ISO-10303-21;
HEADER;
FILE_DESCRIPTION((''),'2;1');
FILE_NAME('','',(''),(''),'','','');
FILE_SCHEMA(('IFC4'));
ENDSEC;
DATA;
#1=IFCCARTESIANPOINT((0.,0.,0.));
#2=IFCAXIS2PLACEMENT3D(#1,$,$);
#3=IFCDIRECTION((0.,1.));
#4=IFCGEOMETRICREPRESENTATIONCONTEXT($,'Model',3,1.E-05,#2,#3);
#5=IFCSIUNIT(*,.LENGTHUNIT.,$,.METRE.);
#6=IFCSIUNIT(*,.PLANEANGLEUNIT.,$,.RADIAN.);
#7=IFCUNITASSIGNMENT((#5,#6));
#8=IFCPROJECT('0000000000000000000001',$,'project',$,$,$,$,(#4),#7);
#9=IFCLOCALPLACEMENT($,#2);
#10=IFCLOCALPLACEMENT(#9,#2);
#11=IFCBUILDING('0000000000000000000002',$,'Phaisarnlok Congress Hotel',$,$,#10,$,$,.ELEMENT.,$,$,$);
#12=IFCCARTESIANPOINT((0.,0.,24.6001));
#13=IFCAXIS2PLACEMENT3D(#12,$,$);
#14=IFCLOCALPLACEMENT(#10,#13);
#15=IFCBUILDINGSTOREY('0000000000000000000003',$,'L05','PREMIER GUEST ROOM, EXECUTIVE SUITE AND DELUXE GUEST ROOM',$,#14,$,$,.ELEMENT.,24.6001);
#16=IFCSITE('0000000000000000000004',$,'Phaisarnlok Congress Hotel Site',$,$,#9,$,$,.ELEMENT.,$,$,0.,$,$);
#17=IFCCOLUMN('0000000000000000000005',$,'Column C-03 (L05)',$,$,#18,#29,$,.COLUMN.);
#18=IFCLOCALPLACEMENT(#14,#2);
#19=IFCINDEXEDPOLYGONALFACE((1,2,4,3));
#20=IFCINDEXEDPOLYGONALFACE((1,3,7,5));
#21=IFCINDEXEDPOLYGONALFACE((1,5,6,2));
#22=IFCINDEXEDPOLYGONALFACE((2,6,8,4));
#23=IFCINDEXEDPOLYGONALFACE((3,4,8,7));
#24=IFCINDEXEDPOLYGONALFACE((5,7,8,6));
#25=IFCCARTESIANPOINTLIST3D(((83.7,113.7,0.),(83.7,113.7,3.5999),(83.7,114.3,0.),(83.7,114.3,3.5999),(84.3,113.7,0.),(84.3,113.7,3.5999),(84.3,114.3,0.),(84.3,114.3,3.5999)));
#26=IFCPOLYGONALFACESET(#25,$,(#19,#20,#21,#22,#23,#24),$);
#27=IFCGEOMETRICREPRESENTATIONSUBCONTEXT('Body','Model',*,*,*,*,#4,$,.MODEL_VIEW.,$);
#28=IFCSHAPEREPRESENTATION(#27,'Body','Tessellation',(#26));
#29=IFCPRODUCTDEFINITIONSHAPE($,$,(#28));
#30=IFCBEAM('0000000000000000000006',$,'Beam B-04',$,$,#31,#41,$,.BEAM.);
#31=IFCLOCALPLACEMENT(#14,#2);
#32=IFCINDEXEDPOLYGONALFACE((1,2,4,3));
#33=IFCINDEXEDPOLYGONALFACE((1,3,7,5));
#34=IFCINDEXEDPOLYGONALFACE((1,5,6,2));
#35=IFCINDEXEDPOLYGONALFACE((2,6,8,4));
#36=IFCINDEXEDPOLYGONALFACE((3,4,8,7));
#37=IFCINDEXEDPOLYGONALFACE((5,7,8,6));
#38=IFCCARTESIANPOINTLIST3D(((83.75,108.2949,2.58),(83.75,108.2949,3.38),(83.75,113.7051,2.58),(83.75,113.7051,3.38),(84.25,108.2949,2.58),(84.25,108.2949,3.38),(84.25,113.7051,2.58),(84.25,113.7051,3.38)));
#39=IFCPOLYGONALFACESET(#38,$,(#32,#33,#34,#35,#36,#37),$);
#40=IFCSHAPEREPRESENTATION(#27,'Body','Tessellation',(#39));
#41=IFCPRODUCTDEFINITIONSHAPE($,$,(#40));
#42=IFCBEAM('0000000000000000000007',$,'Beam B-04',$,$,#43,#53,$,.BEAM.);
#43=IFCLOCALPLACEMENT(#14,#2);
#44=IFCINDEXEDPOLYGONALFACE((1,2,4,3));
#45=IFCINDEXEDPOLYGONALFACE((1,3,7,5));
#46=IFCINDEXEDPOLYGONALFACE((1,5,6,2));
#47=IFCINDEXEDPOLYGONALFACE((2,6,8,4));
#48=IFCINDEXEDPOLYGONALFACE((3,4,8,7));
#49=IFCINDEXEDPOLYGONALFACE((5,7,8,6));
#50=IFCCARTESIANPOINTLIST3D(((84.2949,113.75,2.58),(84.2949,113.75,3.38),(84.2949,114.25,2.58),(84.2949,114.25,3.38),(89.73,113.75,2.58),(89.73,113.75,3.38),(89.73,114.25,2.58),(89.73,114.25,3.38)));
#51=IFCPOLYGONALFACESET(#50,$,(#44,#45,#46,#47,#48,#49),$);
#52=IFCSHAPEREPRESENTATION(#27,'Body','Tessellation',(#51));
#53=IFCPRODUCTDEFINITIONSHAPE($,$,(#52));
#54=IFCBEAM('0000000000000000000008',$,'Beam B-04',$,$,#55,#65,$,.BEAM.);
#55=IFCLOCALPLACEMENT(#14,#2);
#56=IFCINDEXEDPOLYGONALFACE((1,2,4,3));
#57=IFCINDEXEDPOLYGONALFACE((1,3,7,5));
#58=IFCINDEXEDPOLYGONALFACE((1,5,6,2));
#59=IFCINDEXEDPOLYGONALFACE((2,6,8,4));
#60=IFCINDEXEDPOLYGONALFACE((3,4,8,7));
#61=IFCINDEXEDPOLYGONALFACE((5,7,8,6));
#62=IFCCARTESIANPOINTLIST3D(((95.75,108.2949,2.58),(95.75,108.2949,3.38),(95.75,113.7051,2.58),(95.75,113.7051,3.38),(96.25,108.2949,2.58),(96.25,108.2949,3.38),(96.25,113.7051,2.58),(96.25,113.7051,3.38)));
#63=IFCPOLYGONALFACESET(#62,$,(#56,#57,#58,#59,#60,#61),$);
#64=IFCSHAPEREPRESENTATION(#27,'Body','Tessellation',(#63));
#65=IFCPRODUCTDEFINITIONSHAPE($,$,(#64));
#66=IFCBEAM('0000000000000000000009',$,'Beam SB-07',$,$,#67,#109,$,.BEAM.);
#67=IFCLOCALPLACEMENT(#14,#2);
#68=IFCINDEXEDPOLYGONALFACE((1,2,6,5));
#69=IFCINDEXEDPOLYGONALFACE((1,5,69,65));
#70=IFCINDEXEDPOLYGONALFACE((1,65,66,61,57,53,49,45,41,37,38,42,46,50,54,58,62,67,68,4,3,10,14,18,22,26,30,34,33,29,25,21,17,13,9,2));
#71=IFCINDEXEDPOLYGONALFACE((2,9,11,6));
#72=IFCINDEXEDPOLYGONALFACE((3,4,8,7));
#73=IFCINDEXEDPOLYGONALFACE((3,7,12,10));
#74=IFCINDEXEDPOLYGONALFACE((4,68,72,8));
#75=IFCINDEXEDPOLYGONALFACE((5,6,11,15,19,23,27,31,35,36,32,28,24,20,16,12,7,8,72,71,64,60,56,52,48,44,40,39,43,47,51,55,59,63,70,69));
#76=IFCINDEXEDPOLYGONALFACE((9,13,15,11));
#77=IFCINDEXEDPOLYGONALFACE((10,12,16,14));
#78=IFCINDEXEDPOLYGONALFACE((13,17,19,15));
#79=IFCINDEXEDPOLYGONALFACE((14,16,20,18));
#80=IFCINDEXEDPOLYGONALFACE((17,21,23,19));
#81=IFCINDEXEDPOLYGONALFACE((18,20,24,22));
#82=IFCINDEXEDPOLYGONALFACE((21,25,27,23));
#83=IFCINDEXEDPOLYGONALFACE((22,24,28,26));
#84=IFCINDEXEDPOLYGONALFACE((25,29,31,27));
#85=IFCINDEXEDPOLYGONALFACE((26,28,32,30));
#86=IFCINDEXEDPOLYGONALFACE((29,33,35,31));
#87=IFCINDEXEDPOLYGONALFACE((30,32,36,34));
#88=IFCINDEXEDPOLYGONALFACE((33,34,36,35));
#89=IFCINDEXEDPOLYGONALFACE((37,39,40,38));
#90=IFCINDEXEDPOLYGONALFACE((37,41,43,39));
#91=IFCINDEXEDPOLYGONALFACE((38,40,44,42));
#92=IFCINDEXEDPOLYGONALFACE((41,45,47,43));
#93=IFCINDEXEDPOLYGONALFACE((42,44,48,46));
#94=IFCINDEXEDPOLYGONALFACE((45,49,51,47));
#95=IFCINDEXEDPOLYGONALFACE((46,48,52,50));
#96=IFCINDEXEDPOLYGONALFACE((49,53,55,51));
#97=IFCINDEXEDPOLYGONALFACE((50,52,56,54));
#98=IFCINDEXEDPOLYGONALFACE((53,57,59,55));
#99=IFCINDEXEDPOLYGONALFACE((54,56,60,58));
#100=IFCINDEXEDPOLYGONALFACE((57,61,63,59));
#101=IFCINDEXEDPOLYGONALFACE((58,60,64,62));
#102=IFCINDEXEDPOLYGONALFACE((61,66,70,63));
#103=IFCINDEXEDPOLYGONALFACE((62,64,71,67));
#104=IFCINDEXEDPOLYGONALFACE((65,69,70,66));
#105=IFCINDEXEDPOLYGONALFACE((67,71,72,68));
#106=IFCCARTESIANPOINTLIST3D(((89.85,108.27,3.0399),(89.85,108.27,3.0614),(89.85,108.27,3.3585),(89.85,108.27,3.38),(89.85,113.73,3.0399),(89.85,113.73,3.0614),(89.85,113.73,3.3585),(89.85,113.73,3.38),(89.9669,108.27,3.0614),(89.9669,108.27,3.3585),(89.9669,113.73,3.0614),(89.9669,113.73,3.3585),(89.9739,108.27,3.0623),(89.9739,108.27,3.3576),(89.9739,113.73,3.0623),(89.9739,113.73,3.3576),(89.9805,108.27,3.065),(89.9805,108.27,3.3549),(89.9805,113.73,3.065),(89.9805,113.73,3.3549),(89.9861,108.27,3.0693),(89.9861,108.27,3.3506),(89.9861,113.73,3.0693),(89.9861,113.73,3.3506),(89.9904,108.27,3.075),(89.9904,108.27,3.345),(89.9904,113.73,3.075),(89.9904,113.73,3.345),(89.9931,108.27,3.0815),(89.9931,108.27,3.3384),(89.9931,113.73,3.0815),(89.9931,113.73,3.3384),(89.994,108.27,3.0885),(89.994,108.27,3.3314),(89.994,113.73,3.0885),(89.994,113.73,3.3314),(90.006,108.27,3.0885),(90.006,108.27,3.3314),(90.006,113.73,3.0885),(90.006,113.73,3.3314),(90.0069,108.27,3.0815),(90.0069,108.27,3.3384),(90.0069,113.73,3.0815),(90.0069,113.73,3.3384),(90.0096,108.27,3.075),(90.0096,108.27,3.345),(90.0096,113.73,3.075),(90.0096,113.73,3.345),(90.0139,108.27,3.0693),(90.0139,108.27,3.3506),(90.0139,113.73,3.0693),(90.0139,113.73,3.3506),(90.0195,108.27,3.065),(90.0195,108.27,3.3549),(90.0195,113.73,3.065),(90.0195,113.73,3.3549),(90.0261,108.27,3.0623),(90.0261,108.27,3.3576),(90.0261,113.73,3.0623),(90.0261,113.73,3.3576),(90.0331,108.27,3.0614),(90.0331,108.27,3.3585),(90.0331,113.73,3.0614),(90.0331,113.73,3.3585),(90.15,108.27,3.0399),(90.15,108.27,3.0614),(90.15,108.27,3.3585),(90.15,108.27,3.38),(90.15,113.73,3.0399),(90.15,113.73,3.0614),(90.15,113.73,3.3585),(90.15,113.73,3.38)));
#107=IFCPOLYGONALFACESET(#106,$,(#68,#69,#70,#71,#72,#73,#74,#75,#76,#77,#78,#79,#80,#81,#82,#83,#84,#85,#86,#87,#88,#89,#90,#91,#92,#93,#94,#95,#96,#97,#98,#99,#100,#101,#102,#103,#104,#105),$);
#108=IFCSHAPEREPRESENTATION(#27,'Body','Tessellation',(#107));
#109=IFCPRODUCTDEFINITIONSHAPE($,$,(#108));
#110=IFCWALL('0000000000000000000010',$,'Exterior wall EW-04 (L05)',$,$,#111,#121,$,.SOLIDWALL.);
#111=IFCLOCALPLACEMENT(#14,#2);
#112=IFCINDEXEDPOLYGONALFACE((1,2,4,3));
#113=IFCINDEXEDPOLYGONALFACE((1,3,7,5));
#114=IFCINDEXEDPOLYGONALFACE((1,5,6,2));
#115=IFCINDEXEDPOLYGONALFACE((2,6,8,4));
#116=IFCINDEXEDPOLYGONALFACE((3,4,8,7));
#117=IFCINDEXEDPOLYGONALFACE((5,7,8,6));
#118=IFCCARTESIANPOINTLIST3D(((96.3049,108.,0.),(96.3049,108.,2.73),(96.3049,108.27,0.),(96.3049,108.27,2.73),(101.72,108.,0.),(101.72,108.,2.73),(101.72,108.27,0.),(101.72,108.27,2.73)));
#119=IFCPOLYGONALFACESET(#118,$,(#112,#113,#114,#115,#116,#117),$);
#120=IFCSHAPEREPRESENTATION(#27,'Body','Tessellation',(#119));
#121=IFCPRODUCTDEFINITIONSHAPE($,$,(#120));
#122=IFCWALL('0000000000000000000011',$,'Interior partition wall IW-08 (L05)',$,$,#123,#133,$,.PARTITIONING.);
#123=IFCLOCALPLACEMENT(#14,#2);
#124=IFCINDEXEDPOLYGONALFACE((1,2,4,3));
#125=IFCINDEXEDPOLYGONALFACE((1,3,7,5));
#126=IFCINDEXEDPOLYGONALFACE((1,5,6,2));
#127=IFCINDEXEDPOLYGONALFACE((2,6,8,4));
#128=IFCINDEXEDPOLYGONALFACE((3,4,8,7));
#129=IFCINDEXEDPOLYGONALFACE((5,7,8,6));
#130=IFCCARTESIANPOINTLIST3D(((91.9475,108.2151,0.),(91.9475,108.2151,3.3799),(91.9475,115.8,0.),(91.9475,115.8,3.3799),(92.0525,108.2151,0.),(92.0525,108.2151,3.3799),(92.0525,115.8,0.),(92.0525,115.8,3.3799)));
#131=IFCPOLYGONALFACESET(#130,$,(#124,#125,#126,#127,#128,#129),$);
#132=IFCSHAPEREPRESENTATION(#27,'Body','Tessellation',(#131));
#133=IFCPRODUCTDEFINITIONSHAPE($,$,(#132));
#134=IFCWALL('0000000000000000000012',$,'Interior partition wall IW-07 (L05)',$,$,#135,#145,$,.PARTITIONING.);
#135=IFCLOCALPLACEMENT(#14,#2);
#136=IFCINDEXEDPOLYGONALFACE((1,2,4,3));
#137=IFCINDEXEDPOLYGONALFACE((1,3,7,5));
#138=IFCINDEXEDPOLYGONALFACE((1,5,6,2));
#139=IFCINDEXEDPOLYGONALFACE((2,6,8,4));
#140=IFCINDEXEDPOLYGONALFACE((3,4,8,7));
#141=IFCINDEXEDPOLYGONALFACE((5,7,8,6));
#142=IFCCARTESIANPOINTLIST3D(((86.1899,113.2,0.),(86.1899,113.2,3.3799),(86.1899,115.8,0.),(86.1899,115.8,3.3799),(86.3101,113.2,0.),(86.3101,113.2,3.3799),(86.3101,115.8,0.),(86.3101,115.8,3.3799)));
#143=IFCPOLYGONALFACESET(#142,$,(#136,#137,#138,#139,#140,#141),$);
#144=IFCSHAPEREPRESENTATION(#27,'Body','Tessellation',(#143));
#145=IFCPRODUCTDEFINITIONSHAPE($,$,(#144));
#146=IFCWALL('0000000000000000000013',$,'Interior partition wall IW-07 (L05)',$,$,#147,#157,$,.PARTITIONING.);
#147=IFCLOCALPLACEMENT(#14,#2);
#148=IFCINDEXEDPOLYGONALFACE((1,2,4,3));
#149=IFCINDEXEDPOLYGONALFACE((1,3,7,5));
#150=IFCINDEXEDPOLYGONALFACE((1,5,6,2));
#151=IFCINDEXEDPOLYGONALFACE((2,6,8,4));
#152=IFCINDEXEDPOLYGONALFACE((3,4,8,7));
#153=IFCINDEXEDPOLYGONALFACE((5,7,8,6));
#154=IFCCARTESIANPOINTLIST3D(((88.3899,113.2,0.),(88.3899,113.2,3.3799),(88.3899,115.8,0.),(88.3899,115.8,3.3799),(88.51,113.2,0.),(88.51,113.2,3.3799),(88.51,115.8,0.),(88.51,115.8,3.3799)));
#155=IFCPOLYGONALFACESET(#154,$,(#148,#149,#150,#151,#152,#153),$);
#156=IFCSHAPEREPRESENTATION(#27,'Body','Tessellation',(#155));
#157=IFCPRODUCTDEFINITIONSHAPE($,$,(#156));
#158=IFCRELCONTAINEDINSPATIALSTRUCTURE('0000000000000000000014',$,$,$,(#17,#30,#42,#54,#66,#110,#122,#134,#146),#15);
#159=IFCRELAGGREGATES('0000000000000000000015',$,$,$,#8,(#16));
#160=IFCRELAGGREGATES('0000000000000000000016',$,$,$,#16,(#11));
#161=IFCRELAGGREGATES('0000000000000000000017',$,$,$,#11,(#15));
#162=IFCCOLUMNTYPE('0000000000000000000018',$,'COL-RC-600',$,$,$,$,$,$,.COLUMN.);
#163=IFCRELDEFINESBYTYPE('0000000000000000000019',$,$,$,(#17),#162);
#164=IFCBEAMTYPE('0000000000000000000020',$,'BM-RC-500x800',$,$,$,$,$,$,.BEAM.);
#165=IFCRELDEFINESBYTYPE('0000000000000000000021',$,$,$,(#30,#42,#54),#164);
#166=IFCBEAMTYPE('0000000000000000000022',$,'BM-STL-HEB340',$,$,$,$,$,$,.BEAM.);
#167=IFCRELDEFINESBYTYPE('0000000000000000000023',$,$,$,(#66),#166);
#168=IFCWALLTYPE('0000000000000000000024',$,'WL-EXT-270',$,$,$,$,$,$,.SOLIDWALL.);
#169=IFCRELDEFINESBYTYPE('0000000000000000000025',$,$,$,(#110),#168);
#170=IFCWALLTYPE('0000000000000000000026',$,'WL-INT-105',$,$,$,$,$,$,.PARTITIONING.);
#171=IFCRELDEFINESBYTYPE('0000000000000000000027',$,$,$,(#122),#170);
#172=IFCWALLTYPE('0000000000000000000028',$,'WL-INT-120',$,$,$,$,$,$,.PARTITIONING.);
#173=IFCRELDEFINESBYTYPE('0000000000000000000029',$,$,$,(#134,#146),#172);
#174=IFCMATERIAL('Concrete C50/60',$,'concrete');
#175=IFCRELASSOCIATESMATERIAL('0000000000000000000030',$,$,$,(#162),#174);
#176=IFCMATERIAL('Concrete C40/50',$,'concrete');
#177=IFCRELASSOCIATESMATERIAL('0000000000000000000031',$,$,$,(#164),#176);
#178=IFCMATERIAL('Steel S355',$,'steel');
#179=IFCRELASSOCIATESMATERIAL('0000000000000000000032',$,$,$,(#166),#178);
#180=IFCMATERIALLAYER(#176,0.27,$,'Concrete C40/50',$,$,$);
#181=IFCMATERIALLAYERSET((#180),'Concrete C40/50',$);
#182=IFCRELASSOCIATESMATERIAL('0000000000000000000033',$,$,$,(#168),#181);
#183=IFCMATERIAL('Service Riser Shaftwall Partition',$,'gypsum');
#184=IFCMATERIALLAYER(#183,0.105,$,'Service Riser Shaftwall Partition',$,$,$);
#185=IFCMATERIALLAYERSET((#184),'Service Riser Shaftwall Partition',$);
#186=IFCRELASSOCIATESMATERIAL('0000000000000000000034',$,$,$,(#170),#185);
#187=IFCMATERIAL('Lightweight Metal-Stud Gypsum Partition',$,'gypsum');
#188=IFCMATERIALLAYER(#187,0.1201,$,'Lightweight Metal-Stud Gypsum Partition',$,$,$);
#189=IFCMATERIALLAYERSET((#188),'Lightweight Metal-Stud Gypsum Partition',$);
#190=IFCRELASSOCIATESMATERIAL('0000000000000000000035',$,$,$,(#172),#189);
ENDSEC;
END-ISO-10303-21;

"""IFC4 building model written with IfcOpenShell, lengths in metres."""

from ifc_helpers import new_model, si_unit, direction, frame, frame_2d, origin, origin_2d, place, context, subcontext, project, spatial, rectangle, i_section, extrude, material, layer, layer_set, material_profile, profile_set, type_object, element, save


model = new_model("IFC4")

# Units and contexts
model_context = context("Model", 3, precision=1e-05, world=origin(), true_north=direction((0.0, 1.0)))
body_context = subcontext(model_context, "Body", "Model", "MODEL_VIEW")
ifc_project = project(units=[si_unit("LENGTHUNIT", "METRE"), si_unit("PLANEANGLEUNIT", "RADIAN")], contexts=[model_context])

# Site, building, storey
site_placement = place(None, origin())
site = spatial("IfcSite", under=ifc_project, at=site_placement, Name="Phaisarnlok Congress Hotel Site", CompositionType="ELEMENT", RefElevation=0.0)
building_placement = place(site_placement, origin())
building = spatial("IfcBuilding", under=site, at=building_placement, Name="Phaisarnlok Congress Hotel", CompositionType="ELEMENT")
storey_placement = place(building_placement, frame((0.0, 0.0, 24.6001)))
storey = spatial("IfcBuildingStorey", under=building, at=storey_placement, Name="L05", Description="PREMIER GUEST ROOM, EXECUTIVE SUITE AND DELUXE GUEST ROOM", CompositionType="ELEMENT", Elevation=24.6001)

# Column
ifc_material_1 = material(Name="Concrete C50/60", Category="concrete")
ifc_material_profile_1 = material_profile(ifc_material_1, rectangle(XDim=0.6001, YDim=0.6001, at=origin_2d()), Name="RC 600x600")
ifc_profile_set_1 = profile_set([ifc_material_profile_1], Name="Concrete C50/60")
column_type = type_object("IfcColumnType", Name="COL-RC-600", PredefinedType="COLUMN", material=ifc_profile_set_1)
column_placement = place(storey_placement, frame((84.0, 114.0, 0.0), z_axis=(0.0, 0.0, 1.0), x_axis=(1.0, 0.0, 0.0)))
element("IfcColumn", 1, at=column_placement, inside=storey, type_object=column_type, Name="Column C-03 (L05)", PredefinedType="COLUMN", context=body_context, shape_type="SweptSolid", body=[
    extrude(rectangle(XDim=0.6001, YDim=0.6001, at=origin_2d()), origin(), (0.0, 0.0, 1.0), 3.5999),
])

# Beams
ifc_material_2 = material(Name="Concrete C40/50", Category="concrete")
ifc_material_profile_2 = material_profile(ifc_material_2, rectangle(XDim=0.5, YDim=0.8, at=origin_2d()), Name="RC 500x800")
ifc_profile_set_2 = profile_set([ifc_material_profile_2], Name="Concrete C40/50")
beam_type_1 = type_object("IfcBeamType", Name="BM-RC-500x800", PredefinedType="BEAM", material=ifc_profile_set_2)
beam_1_placement = place(storey_placement, frame((84.0, 108.2949, 2.98), z_axis=(0.0, 1.0, 0.0), x_axis=(-1.0, 0.0, 0.0)))
element("IfcBeam", 2, at=beam_1_placement, inside=storey, type_object=beam_type_1, Name="Beam B-04", PredefinedType="BEAM", context=body_context, shape_type="SweptSolid", body=[
    extrude(rectangle(XDim=0.5, YDim=0.8, at=origin_2d()), origin(), (0.0, 0.0, 1.0), 5.4102),
])
beam_2_placement = place(storey_placement, frame((84.2949, 114.0, 2.98), z_axis=(1.0, 0.0, 0.0), x_axis=(0.0, 1.0, 0.0)))
element("IfcBeam", 3, at=beam_2_placement, inside=storey, type_object=beam_type_1, Name="Beam B-04", PredefinedType="BEAM", context=body_context, shape_type="SweptSolid", body=[
    extrude(rectangle(XDim=0.5, YDim=0.8, at=origin_2d()), origin(), (0.0, 0.0, 1.0), 5.4351),
])
beam_3_placement = place(storey_placement, frame((96.0, 108.2949, 2.98), z_axis=(0.0, 1.0, 0.0), x_axis=(-1.0, 0.0, 0.0)))
element("IfcBeam", 4, at=beam_3_placement, inside=storey, type_object=beam_type_1, Name="Beam B-04", PredefinedType="BEAM", context=body_context, shape_type="SweptSolid", body=[
    extrude(rectangle(XDim=0.5, YDim=0.8, at=origin_2d()), origin(), (0.0, 0.0, 1.0), 5.4102),
])
ifc_material_3 = material(Name="Steel S355", Category="steel")
ifc_material_profile_3 = material_profile(ifc_material_3, i_section(OverallWidth=0.3, OverallDepth=0.3401, WebThickness=0.012, FlangeThickness=0.0215, FilletRadius=0.0271, at=origin_2d()), Name="HEB 340")
ifc_profile_set_3 = profile_set([ifc_material_profile_3], Name="Steel S355")
beam_type_2 = type_object("IfcBeamType", Name="BM-STL-HEB340", PredefinedType="BEAM", material=ifc_profile_set_3)
beam_4_placement = place(storey_placement, frame((90.0, 108.27, 3.21), z_axis=(0.0, 1.0, 0.0), x_axis=(-1.0, 0.0, 0.0)))
element("IfcBeam", 5, at=beam_4_placement, inside=storey, type_object=beam_type_2, Name="Beam SB-07", PredefinedType="BEAM", context=body_context, shape_type="SweptSolid", body=[
    extrude(i_section(OverallWidth=0.3, OverallDepth=0.3401, WebThickness=0.012, FlangeThickness=0.0215, FilletRadius=0.0271, at=origin_2d()), origin(), (0.0, 0.0, 1.0), 5.46),
])

# Walls
ifc_layer_1 = layer(ifc_material_2, 0.27, Name="Concrete C40/50")
ifc_layer_set_1 = layer_set([ifc_layer_1], Name="Concrete C40/50")
wall_type_1 = type_object("IfcWallType", Name="WL-EXT-270", PredefinedType="SOLIDWALL", material=ifc_layer_set_1)
wall_1_placement = place(storey_placement, frame((96.3049, 108.135, 0.0), z_axis=(0.0, 0.0, 1.0), x_axis=(1.0, 0.0, 0.0)))
element("IfcWall", 6, at=wall_1_placement, inside=storey, type_object=wall_type_1, Name="Exterior wall EW-04 (L05)", PredefinedType="SOLIDWALL", context=body_context, shape_type="SweptSolid", body=[
    extrude(rectangle(XDim=5.415, YDim=0.27, at=frame_2d((2.7075, 0.0))), origin(), (0.0, 0.0, 1.0), 2.73),
])
ifc_material_4 = material(Name="Service Riser Shaftwall Partition", Category="gypsum")
ifc_layer_2 = layer(ifc_material_4, 0.105, Name="Service Riser Shaftwall Partition")
ifc_layer_set_2 = layer_set([ifc_layer_2], Name="Service Riser Shaftwall Partition")
wall_type_2 = type_object("IfcWallType", Name="WL-INT-105", PredefinedType="PARTITIONING", material=ifc_layer_set_2)
wall_2_placement = place(storey_placement, frame((92.0, 108.2151, 0.0), z_axis=(0.0, 0.0, 1.0), x_axis=(0.0, 1.0, 0.0)))
element("IfcWall", 7, at=wall_2_placement, inside=storey, type_object=wall_type_2, Name="Interior partition wall IW-08 (L05)", PredefinedType="PARTITIONING", context=body_context, shape_type="SweptSolid", body=[
    extrude(rectangle(XDim=7.585, YDim=0.105, at=frame_2d((3.7925, 0.0))), origin(), (0.0, 0.0, 1.0), 3.3799),
])
ifc_material_5 = material(Name="Lightweight Metal-Stud Gypsum Partition", Category="gypsum")
ifc_layer_3 = layer(ifc_material_5, 0.1201, Name="Lightweight Metal-Stud Gypsum Partition")
ifc_layer_set_3 = layer_set([ifc_layer_3], Name="Lightweight Metal-Stud Gypsum Partition")
wall_type_3 = type_object("IfcWallType", Name="WL-INT-120", PredefinedType="PARTITIONING", material=ifc_layer_set_3)
for number, where, z_axis, x_axis, name in (
    (8, (86.25, 113.2, 0.0), (0.0, 0.0, 1.0), (0.0, 1.0, 0.0), "Interior partition wall IW-07 (L05)"),
    (9, (88.45, 113.2, 0.0), (0.0, 0.0, 1.0), (0.0, 1.0, 0.0), "Interior partition wall IW-07 (L05)"),
):
    element("IfcWall", number, at=place(storey_placement, frame(where, z_axis=z_axis, x_axis=x_axis)), inside=storey, type_object=wall_type_3, Name=name, PredefinedType="PARTITIONING", context=body_context, shape_type="SweptSolid", body=[
        extrude(rectangle(XDim=2.6001, YDim=0.1201, at=frame_2d((1.3, 0.0))), origin(), (0.0, 0.0, 1.0), 3.3799),
    ])

save(model, "model.ifc")
